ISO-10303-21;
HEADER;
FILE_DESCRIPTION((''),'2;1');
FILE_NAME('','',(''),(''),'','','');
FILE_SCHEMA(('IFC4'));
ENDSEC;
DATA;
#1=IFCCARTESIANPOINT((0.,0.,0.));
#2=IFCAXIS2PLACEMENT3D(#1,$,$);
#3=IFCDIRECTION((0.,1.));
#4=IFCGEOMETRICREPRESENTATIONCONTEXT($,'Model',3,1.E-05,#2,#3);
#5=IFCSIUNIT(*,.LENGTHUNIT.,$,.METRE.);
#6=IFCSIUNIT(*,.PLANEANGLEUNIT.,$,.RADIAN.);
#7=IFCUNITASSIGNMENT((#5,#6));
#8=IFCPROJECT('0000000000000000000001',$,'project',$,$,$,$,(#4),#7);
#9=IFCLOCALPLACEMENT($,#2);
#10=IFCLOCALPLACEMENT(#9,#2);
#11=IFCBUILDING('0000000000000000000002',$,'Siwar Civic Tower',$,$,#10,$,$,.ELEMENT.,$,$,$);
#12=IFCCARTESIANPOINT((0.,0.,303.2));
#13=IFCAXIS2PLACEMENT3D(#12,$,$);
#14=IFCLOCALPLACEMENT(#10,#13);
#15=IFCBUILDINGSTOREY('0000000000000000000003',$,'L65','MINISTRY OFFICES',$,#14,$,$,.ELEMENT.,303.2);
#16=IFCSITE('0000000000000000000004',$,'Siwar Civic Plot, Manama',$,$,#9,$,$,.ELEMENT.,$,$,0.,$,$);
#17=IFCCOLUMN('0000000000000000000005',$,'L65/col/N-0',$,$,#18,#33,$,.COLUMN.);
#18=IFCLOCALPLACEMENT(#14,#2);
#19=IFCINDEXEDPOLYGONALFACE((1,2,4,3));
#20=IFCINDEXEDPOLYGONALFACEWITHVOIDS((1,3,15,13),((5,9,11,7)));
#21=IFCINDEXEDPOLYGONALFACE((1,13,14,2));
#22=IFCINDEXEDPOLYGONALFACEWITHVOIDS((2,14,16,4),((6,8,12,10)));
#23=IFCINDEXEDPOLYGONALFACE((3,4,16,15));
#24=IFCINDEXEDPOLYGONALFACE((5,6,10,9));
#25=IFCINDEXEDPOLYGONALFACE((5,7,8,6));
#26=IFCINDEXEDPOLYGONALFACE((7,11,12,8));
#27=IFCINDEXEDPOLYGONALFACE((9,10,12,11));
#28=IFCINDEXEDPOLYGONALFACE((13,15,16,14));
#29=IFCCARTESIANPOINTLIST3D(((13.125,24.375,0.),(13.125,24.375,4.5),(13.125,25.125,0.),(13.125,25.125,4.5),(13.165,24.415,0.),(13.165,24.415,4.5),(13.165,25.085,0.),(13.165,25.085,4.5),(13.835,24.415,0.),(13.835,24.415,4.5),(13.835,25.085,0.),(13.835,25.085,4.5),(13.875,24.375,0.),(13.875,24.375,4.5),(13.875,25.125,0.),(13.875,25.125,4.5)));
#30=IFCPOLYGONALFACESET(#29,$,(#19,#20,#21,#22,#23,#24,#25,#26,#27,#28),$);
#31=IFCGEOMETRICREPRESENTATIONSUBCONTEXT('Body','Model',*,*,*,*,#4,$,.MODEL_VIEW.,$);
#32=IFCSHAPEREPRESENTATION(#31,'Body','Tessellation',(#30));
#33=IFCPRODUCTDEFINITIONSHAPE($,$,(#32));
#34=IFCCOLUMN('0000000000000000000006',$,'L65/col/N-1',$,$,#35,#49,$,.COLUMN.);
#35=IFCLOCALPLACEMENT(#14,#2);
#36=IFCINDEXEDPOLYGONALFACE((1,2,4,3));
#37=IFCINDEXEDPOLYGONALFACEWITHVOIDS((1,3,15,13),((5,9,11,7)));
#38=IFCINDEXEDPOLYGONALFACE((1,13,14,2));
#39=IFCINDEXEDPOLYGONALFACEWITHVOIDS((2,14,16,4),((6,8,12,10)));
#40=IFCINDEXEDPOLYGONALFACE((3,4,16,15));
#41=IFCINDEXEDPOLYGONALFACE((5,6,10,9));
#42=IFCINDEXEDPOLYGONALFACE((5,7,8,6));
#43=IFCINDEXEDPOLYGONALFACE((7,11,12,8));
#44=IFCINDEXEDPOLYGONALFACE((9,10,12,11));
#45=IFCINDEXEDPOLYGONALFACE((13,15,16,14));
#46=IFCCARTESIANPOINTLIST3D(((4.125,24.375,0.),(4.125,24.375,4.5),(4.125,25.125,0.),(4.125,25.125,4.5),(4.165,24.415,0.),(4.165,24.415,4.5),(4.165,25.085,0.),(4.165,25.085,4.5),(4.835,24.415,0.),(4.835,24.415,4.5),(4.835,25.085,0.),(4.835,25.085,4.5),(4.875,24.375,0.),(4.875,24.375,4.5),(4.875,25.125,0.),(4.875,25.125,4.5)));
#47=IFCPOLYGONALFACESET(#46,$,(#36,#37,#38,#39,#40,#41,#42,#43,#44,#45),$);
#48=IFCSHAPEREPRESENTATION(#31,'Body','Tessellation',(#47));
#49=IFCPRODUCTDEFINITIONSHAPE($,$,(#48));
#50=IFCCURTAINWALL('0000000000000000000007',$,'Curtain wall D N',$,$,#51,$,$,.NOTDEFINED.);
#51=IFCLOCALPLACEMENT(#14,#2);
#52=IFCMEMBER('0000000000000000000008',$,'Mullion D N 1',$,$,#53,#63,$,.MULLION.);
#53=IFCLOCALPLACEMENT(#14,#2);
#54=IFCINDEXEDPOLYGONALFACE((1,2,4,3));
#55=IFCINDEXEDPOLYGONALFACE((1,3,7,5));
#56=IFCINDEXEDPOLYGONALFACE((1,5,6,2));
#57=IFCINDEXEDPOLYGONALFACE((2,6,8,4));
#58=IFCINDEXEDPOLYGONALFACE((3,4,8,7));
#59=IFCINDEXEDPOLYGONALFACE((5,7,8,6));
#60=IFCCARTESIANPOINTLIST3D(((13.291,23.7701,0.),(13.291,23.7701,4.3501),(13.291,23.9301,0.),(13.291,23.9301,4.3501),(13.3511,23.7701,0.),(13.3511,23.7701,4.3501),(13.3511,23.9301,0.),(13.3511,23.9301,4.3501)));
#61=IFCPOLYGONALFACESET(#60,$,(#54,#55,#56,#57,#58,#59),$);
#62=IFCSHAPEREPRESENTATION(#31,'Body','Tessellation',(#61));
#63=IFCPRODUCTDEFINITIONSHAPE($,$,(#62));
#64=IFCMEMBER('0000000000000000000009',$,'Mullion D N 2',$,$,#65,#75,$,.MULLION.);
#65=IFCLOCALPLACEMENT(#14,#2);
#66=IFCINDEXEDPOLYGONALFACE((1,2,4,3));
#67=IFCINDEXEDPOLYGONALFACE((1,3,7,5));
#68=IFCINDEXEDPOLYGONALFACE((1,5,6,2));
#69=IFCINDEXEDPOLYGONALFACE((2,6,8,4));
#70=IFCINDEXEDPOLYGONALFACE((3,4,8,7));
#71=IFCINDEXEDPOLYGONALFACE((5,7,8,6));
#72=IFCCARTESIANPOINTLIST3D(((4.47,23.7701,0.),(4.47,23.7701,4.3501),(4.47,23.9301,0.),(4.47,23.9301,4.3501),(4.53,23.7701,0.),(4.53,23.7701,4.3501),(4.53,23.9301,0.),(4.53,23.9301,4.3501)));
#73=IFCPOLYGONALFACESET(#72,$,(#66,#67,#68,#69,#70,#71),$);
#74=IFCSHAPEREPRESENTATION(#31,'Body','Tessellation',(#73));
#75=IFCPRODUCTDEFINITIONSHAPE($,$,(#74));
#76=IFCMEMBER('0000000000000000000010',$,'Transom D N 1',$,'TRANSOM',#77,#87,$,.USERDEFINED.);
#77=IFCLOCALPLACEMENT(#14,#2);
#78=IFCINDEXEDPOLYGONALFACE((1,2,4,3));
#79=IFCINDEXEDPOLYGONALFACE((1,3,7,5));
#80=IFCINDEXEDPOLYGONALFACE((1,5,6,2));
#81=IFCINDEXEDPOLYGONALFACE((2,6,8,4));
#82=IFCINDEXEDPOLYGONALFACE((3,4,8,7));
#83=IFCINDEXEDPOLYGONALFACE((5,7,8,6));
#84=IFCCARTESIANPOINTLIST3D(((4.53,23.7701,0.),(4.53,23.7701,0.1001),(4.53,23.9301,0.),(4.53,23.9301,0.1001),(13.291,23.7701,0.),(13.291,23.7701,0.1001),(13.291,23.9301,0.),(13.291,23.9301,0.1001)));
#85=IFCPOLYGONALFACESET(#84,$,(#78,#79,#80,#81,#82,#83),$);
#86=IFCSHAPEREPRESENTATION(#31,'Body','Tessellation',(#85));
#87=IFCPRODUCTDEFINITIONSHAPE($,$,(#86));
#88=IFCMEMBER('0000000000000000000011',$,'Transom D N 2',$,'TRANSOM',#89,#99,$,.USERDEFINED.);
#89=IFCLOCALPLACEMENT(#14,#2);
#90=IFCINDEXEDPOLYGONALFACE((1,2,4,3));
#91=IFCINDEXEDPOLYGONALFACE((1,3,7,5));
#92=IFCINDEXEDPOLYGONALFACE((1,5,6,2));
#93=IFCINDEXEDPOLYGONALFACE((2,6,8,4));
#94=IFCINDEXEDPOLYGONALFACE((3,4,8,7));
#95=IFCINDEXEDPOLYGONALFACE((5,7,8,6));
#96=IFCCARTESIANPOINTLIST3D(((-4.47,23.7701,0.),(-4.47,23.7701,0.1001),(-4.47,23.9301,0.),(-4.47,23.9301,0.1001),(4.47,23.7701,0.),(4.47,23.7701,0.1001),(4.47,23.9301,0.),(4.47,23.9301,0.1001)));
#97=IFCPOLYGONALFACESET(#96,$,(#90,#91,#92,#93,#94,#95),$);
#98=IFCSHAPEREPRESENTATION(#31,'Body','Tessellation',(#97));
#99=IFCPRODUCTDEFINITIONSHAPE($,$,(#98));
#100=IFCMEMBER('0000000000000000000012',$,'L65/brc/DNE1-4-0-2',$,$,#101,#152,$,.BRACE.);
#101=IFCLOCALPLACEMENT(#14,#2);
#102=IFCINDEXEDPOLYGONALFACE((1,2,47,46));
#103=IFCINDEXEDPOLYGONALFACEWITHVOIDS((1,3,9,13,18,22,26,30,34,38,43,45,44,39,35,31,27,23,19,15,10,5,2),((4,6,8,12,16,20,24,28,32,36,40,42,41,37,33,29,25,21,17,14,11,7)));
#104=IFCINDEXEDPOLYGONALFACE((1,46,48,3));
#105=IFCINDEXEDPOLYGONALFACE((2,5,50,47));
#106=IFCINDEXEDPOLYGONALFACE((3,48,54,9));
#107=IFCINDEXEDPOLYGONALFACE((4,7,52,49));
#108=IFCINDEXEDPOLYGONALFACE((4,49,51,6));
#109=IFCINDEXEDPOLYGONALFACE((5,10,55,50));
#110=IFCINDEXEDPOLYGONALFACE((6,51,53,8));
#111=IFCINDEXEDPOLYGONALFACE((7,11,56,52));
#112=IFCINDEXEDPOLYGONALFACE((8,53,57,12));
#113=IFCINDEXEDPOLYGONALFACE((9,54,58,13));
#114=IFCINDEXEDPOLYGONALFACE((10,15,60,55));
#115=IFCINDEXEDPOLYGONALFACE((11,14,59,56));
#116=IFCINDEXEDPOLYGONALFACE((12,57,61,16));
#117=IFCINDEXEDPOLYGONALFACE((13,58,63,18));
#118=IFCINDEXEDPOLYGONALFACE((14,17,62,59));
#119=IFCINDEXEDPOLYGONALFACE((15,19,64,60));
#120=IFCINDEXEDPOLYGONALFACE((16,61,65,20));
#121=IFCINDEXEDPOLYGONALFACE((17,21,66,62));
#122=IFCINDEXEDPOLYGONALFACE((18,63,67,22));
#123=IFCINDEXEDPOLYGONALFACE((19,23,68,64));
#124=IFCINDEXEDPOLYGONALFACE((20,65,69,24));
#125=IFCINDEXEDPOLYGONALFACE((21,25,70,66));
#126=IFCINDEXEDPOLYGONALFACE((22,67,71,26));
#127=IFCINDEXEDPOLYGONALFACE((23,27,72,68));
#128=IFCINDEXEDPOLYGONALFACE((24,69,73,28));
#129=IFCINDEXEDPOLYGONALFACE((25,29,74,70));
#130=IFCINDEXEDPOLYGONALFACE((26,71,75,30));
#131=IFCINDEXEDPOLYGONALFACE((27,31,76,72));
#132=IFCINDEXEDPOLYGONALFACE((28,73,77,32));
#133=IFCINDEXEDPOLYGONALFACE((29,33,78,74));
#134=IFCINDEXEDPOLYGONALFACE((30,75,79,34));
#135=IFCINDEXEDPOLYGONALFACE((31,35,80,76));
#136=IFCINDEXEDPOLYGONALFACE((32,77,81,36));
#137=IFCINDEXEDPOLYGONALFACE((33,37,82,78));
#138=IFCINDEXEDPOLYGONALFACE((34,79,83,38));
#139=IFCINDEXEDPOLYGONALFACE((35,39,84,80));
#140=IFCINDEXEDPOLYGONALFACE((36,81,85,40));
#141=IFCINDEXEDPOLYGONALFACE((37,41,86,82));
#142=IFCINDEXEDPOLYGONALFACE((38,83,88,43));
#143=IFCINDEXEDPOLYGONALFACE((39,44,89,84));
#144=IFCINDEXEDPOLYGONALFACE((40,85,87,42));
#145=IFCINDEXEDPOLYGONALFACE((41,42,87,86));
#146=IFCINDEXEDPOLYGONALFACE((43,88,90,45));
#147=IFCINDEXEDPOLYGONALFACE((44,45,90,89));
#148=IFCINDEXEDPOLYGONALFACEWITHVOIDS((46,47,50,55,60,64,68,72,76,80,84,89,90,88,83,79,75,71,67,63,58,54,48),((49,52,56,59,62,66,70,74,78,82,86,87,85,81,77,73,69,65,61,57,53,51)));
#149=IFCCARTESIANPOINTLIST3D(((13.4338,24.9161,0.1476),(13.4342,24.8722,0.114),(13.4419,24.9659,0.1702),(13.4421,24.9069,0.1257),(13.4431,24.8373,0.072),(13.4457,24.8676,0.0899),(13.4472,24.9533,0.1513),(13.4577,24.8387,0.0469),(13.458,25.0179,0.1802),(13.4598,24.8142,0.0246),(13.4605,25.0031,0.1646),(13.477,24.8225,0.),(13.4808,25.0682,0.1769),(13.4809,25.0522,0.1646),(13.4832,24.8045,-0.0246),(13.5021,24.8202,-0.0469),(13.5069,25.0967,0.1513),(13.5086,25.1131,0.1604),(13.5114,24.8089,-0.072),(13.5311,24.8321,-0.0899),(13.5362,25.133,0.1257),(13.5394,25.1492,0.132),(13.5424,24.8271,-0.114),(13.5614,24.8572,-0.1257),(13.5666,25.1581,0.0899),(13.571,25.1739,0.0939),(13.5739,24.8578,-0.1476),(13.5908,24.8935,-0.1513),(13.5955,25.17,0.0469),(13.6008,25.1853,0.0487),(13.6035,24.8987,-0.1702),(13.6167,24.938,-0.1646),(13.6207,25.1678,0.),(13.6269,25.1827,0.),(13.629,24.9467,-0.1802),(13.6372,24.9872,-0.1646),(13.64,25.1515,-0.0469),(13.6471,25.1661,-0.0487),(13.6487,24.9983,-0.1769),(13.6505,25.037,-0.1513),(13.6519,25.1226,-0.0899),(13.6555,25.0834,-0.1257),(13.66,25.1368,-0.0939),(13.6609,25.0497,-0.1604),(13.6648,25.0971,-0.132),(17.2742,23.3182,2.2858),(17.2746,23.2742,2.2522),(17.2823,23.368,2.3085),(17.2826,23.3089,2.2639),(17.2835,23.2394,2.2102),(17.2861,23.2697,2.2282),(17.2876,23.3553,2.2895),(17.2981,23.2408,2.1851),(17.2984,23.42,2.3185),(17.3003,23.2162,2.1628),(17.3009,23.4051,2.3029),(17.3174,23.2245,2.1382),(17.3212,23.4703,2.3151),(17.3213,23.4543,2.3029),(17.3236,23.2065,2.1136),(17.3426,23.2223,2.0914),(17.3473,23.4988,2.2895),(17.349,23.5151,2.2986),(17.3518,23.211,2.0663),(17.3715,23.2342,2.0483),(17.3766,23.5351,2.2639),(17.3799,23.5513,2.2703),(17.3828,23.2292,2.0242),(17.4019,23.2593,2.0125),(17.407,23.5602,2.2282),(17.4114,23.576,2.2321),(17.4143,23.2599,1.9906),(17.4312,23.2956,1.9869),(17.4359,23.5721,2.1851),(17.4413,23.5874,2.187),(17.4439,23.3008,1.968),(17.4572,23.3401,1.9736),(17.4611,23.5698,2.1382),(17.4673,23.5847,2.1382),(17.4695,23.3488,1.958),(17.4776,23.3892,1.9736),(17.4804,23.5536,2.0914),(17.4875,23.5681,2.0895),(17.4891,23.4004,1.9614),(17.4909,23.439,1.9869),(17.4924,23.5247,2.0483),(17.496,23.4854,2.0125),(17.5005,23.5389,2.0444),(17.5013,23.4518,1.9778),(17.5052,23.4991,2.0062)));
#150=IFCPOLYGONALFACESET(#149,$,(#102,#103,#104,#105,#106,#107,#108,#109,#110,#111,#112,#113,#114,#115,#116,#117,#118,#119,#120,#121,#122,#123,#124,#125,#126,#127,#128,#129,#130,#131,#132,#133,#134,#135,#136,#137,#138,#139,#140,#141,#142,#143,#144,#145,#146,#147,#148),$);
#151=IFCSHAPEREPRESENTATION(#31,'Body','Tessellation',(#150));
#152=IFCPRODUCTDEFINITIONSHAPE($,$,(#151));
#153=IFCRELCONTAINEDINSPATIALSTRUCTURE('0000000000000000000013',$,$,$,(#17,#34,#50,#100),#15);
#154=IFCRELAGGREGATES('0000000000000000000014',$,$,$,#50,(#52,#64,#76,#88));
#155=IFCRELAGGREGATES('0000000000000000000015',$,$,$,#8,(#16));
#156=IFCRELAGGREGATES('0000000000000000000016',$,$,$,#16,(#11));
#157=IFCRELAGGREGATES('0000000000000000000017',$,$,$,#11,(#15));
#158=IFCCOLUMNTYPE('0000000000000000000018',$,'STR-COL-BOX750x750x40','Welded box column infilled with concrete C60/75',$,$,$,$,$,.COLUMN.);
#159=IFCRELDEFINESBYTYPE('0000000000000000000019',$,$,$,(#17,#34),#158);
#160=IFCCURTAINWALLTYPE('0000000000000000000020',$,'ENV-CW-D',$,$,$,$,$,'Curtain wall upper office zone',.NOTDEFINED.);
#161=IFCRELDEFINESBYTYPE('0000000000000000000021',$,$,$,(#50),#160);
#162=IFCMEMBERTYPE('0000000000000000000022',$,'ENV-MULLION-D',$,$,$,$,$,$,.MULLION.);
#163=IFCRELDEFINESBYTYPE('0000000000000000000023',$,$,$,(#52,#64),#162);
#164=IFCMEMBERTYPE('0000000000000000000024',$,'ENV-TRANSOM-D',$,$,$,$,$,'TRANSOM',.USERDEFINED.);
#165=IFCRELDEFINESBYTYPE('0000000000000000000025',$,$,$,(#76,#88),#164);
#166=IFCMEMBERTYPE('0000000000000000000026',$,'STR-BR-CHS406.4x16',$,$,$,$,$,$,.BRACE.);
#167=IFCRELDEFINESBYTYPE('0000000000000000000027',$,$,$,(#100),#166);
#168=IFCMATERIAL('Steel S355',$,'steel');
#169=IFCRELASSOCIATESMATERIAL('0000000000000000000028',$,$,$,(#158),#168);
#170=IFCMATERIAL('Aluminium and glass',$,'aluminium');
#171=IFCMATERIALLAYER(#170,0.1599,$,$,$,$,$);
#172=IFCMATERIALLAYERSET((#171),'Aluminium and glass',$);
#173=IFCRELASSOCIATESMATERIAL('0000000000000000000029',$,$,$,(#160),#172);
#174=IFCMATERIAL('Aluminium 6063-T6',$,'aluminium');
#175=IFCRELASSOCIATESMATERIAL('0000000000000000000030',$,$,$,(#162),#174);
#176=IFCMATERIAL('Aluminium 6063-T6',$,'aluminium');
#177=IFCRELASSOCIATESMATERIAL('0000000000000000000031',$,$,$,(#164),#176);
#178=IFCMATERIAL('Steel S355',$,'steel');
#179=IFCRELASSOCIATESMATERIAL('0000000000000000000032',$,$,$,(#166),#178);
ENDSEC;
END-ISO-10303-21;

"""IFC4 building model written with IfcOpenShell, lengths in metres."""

from ifc_helpers import new_model, si_unit, direction, frame, origin, origin_2d, place, context, subcontext, project, spatial, rectangle, hollow_rectangle, hollow_circle, extrude, material, layer, layer_set, material_profile, profile_set, type_object, element, aggregate, save


model = new_model("IFC4")

# Units and contexts
model_context = context("Model", 3, precision=1e-05, world=origin(), true_north=direction((0.0, 1.0)))
body_context = subcontext(model_context, "Body", "Model", "MODEL_VIEW")
ifc_project = project(units=[si_unit("LENGTHUNIT", "METRE"), si_unit("PLANEANGLEUNIT", "RADIAN")], contexts=[model_context])

# Site, building, storey
site_placement = place(None, origin())
site = spatial("IfcSite", under=ifc_project, at=site_placement, Name="Siwar Civic Plot, Manama", CompositionType="ELEMENT", RefElevation=0.0)
building_placement = place(site_placement, origin())
building = spatial("IfcBuilding", under=site, at=building_placement, Name="Siwar Civic Tower", CompositionType="ELEMENT")
storey_placement = place(building_placement, frame((0.0, 0.0, 303.2)))
storey = spatial("IfcBuildingStorey", under=building, at=storey_placement, Name="L65", Description="MINISTRY OFFICES", CompositionType="ELEMENT", Elevation=303.2)

# Columns
ifc_material_1 = material(Name="Steel S355", Category="steel")
ifc_material_profile_1 = material_profile(ifc_material_1, hollow_rectangle(XDim=0.75, YDim=0.75, WallThickness=0.04, at=origin_2d()), Name="BOX750x750x40")
ifc_profile_set_1 = profile_set([ifc_material_profile_1], Name="Steel S355")
column_type = type_object("IfcColumnType", Name="STR-COL-BOX750x750x40", Description="Welded box column infilled with concrete C60/75", PredefinedType="COLUMN", material=ifc_profile_set_1)
for number, where, z_axis, x_axis, name in (
    (1, (13.5, 24.75, 0.0), (0.0, 0.0, 1.0), (1.0, 0.0, 0.0), "L65/col/N-0"),
    (2, (4.5, 24.75, 0.0), (0.0, 0.0, 1.0), (1.0, 0.0, 0.0), "L65/col/N-1"),
):
    element("IfcColumn", number, at=place(storey_placement, frame(where, z_axis=z_axis, x_axis=x_axis)), inside=storey, type_object=column_type, Name=name, PredefinedType="COLUMN", context=body_context, shape_type="SweptSolid", body=[
        extrude(hollow_rectangle(XDim=0.75, YDim=0.75, WallThickness=0.04, at=origin_2d()), origin(), (0.0, 0.0, 1.0), 4.5),
    ])

# Curtain wall, members
ifc_material_2 = material(Name="Aluminium and glass", Category="aluminium")
ifc_layer_1 = layer(ifc_material_2, 0.1599)
ifc_layer_set_1 = layer_set([ifc_layer_1], Name="Aluminium and glass")
curtain_wall_type = type_object("IfcCurtainWallType", Name="ENV-CW-D", ElementType="Curtain wall upper office zone", PredefinedType="NOTDEFINED", material=ifc_layer_set_1)
curtain_wall_placement = place(storey_placement, origin())
curtain_wall = element("IfcCurtainWall", 3, at=curtain_wall_placement, inside=storey, type_object=curtain_wall_type, Name="Curtain wall D N", PredefinedType="NOTDEFINED")
ifc_material_3 = material(Name="Aluminium 6063-T6", Category="aluminium")
ifc_material_profile_2 = material_profile(ifc_material_3, rectangle(XDim=0.1599, YDim=0.0601, at=origin_2d()), Name="AL 160x60")
ifc_profile_set_2 = profile_set([ifc_material_profile_2], Name="Aluminium 6063-T6")
member_type_1 = type_object("IfcMemberType", Name="ENV-MULLION-D", PredefinedType="MULLION", material=ifc_profile_set_2)
member_1_placement = place(storey_placement, frame((13.321, 23.8501, 0.0), z_axis=(0.0, 0.0, 1.0), x_axis=(0.0, -1.0, 0.0)))
member_1 = element("IfcMember", 4, at=member_1_placement, type_object=member_type_1, Name="Mullion D N 1", PredefinedType="MULLION", context=body_context, shape_type="SweptSolid", body=[
    extrude(rectangle(XDim=0.1599, YDim=0.0601, at=origin_2d()), origin(), (0.0, 0.0, 1.0), 4.3501),
])
member_2_placement = place(storey_placement, frame((4.5, 23.8501, 0.0), z_axis=(0.0, 0.0, 1.0), x_axis=(0.0, -1.0, 0.0)))
member_2 = element("IfcMember", 5, at=member_2_placement, type_object=member_type_1, Name="Mullion D N 2", PredefinedType="MULLION", context=body_context, shape_type="SweptSolid", body=[
    extrude(rectangle(XDim=0.1599, YDim=0.0601, at=origin_2d()), origin(), (0.0, 0.0, 1.0), 4.3501),
])
ifc_material_4 = material(Name="Aluminium 6063-T6", Category="aluminium")
ifc_material_profile_3 = material_profile(ifc_material_4, rectangle(XDim=0.1599, YDim=0.1001, at=origin_2d()), Name="AL 160x100")
ifc_profile_set_3 = profile_set([ifc_material_profile_3], Name="Aluminium 6063-T6")
member_type_2 = type_object("IfcMemberType", Name="ENV-TRANSOM-D", ElementType="TRANSOM", PredefinedType="USERDEFINED", material=ifc_profile_set_3)
member_3_placement = place(storey_placement, frame((13.291, 23.8501, 0.05), z_axis=(-1.0, 0.0, 0.0), x_axis=(0.0, -1.0, 0.0)))
member_3 = element("IfcMember", 6, at=member_3_placement, type_object=member_type_2, Name="Transom D N 1", ObjectType="TRANSOM", PredefinedType="USERDEFINED", context=body_context, shape_type="SweptSolid", body=[
    extrude(rectangle(XDim=0.1599, YDim=0.1001, at=origin_2d()), origin(), (0.0, 0.0, 1.0), 8.761),
])
member_4_placement = place(storey_placement, frame((4.47, 23.8501, 0.05), z_axis=(-1.0, 0.0, 0.0), x_axis=(0.0, -1.0, 0.0)))
member_4 = element("IfcMember", 7, at=member_4_placement, type_object=member_type_2, Name="Transom D N 2", ObjectType="TRANSOM", PredefinedType="USERDEFINED", context=body_context, shape_type="SweptSolid", body=[
    extrude(rectangle(XDim=0.1599, YDim=0.1001, at=origin_2d()), origin(), (0.0, 0.0, 1.0), 8.9399),
])

# Member
ifc_material_5 = material(Name="Steel S355", Category="steel")
ifc_material_profile_4 = material_profile(ifc_material_5, hollow_circle(Radius=0.2031, WallThickness=0.0161, at=origin_2d()), Name="CHS406.4x16")
ifc_profile_set_4 = profile_set([ifc_material_profile_4], Name="Steel S355")
member_type_3 = type_object("IfcMemberType", Name="STR-BR-CHS406.4x16", PredefinedType="BRACE", material=ifc_profile_set_4)
member_5_placement = place(storey_placement, frame((13.5488, 24.9951, 0.0), z_axis=(0.82113, -0.341659, 0.457181), x_axis=(0.384157, 0.923268, 0.0)))
element("IfcMember", 8, at=member_5_placement, inside=storey, type_object=member_type_3, Name="L65/brc/DNE1-4-0-2", PredefinedType="BRACE", context=body_context, shape_type="SweptSolid", body=[
    extrude(hollow_circle(Radius=0.2031, WallThickness=0.0161, at=origin_2d()), origin(), (0.0, 0.0, 1.0), 4.677),
])

aggregate(curtain_wall, [member_1, member_2, member_3, member_4])

save(model, "model.ifc")
